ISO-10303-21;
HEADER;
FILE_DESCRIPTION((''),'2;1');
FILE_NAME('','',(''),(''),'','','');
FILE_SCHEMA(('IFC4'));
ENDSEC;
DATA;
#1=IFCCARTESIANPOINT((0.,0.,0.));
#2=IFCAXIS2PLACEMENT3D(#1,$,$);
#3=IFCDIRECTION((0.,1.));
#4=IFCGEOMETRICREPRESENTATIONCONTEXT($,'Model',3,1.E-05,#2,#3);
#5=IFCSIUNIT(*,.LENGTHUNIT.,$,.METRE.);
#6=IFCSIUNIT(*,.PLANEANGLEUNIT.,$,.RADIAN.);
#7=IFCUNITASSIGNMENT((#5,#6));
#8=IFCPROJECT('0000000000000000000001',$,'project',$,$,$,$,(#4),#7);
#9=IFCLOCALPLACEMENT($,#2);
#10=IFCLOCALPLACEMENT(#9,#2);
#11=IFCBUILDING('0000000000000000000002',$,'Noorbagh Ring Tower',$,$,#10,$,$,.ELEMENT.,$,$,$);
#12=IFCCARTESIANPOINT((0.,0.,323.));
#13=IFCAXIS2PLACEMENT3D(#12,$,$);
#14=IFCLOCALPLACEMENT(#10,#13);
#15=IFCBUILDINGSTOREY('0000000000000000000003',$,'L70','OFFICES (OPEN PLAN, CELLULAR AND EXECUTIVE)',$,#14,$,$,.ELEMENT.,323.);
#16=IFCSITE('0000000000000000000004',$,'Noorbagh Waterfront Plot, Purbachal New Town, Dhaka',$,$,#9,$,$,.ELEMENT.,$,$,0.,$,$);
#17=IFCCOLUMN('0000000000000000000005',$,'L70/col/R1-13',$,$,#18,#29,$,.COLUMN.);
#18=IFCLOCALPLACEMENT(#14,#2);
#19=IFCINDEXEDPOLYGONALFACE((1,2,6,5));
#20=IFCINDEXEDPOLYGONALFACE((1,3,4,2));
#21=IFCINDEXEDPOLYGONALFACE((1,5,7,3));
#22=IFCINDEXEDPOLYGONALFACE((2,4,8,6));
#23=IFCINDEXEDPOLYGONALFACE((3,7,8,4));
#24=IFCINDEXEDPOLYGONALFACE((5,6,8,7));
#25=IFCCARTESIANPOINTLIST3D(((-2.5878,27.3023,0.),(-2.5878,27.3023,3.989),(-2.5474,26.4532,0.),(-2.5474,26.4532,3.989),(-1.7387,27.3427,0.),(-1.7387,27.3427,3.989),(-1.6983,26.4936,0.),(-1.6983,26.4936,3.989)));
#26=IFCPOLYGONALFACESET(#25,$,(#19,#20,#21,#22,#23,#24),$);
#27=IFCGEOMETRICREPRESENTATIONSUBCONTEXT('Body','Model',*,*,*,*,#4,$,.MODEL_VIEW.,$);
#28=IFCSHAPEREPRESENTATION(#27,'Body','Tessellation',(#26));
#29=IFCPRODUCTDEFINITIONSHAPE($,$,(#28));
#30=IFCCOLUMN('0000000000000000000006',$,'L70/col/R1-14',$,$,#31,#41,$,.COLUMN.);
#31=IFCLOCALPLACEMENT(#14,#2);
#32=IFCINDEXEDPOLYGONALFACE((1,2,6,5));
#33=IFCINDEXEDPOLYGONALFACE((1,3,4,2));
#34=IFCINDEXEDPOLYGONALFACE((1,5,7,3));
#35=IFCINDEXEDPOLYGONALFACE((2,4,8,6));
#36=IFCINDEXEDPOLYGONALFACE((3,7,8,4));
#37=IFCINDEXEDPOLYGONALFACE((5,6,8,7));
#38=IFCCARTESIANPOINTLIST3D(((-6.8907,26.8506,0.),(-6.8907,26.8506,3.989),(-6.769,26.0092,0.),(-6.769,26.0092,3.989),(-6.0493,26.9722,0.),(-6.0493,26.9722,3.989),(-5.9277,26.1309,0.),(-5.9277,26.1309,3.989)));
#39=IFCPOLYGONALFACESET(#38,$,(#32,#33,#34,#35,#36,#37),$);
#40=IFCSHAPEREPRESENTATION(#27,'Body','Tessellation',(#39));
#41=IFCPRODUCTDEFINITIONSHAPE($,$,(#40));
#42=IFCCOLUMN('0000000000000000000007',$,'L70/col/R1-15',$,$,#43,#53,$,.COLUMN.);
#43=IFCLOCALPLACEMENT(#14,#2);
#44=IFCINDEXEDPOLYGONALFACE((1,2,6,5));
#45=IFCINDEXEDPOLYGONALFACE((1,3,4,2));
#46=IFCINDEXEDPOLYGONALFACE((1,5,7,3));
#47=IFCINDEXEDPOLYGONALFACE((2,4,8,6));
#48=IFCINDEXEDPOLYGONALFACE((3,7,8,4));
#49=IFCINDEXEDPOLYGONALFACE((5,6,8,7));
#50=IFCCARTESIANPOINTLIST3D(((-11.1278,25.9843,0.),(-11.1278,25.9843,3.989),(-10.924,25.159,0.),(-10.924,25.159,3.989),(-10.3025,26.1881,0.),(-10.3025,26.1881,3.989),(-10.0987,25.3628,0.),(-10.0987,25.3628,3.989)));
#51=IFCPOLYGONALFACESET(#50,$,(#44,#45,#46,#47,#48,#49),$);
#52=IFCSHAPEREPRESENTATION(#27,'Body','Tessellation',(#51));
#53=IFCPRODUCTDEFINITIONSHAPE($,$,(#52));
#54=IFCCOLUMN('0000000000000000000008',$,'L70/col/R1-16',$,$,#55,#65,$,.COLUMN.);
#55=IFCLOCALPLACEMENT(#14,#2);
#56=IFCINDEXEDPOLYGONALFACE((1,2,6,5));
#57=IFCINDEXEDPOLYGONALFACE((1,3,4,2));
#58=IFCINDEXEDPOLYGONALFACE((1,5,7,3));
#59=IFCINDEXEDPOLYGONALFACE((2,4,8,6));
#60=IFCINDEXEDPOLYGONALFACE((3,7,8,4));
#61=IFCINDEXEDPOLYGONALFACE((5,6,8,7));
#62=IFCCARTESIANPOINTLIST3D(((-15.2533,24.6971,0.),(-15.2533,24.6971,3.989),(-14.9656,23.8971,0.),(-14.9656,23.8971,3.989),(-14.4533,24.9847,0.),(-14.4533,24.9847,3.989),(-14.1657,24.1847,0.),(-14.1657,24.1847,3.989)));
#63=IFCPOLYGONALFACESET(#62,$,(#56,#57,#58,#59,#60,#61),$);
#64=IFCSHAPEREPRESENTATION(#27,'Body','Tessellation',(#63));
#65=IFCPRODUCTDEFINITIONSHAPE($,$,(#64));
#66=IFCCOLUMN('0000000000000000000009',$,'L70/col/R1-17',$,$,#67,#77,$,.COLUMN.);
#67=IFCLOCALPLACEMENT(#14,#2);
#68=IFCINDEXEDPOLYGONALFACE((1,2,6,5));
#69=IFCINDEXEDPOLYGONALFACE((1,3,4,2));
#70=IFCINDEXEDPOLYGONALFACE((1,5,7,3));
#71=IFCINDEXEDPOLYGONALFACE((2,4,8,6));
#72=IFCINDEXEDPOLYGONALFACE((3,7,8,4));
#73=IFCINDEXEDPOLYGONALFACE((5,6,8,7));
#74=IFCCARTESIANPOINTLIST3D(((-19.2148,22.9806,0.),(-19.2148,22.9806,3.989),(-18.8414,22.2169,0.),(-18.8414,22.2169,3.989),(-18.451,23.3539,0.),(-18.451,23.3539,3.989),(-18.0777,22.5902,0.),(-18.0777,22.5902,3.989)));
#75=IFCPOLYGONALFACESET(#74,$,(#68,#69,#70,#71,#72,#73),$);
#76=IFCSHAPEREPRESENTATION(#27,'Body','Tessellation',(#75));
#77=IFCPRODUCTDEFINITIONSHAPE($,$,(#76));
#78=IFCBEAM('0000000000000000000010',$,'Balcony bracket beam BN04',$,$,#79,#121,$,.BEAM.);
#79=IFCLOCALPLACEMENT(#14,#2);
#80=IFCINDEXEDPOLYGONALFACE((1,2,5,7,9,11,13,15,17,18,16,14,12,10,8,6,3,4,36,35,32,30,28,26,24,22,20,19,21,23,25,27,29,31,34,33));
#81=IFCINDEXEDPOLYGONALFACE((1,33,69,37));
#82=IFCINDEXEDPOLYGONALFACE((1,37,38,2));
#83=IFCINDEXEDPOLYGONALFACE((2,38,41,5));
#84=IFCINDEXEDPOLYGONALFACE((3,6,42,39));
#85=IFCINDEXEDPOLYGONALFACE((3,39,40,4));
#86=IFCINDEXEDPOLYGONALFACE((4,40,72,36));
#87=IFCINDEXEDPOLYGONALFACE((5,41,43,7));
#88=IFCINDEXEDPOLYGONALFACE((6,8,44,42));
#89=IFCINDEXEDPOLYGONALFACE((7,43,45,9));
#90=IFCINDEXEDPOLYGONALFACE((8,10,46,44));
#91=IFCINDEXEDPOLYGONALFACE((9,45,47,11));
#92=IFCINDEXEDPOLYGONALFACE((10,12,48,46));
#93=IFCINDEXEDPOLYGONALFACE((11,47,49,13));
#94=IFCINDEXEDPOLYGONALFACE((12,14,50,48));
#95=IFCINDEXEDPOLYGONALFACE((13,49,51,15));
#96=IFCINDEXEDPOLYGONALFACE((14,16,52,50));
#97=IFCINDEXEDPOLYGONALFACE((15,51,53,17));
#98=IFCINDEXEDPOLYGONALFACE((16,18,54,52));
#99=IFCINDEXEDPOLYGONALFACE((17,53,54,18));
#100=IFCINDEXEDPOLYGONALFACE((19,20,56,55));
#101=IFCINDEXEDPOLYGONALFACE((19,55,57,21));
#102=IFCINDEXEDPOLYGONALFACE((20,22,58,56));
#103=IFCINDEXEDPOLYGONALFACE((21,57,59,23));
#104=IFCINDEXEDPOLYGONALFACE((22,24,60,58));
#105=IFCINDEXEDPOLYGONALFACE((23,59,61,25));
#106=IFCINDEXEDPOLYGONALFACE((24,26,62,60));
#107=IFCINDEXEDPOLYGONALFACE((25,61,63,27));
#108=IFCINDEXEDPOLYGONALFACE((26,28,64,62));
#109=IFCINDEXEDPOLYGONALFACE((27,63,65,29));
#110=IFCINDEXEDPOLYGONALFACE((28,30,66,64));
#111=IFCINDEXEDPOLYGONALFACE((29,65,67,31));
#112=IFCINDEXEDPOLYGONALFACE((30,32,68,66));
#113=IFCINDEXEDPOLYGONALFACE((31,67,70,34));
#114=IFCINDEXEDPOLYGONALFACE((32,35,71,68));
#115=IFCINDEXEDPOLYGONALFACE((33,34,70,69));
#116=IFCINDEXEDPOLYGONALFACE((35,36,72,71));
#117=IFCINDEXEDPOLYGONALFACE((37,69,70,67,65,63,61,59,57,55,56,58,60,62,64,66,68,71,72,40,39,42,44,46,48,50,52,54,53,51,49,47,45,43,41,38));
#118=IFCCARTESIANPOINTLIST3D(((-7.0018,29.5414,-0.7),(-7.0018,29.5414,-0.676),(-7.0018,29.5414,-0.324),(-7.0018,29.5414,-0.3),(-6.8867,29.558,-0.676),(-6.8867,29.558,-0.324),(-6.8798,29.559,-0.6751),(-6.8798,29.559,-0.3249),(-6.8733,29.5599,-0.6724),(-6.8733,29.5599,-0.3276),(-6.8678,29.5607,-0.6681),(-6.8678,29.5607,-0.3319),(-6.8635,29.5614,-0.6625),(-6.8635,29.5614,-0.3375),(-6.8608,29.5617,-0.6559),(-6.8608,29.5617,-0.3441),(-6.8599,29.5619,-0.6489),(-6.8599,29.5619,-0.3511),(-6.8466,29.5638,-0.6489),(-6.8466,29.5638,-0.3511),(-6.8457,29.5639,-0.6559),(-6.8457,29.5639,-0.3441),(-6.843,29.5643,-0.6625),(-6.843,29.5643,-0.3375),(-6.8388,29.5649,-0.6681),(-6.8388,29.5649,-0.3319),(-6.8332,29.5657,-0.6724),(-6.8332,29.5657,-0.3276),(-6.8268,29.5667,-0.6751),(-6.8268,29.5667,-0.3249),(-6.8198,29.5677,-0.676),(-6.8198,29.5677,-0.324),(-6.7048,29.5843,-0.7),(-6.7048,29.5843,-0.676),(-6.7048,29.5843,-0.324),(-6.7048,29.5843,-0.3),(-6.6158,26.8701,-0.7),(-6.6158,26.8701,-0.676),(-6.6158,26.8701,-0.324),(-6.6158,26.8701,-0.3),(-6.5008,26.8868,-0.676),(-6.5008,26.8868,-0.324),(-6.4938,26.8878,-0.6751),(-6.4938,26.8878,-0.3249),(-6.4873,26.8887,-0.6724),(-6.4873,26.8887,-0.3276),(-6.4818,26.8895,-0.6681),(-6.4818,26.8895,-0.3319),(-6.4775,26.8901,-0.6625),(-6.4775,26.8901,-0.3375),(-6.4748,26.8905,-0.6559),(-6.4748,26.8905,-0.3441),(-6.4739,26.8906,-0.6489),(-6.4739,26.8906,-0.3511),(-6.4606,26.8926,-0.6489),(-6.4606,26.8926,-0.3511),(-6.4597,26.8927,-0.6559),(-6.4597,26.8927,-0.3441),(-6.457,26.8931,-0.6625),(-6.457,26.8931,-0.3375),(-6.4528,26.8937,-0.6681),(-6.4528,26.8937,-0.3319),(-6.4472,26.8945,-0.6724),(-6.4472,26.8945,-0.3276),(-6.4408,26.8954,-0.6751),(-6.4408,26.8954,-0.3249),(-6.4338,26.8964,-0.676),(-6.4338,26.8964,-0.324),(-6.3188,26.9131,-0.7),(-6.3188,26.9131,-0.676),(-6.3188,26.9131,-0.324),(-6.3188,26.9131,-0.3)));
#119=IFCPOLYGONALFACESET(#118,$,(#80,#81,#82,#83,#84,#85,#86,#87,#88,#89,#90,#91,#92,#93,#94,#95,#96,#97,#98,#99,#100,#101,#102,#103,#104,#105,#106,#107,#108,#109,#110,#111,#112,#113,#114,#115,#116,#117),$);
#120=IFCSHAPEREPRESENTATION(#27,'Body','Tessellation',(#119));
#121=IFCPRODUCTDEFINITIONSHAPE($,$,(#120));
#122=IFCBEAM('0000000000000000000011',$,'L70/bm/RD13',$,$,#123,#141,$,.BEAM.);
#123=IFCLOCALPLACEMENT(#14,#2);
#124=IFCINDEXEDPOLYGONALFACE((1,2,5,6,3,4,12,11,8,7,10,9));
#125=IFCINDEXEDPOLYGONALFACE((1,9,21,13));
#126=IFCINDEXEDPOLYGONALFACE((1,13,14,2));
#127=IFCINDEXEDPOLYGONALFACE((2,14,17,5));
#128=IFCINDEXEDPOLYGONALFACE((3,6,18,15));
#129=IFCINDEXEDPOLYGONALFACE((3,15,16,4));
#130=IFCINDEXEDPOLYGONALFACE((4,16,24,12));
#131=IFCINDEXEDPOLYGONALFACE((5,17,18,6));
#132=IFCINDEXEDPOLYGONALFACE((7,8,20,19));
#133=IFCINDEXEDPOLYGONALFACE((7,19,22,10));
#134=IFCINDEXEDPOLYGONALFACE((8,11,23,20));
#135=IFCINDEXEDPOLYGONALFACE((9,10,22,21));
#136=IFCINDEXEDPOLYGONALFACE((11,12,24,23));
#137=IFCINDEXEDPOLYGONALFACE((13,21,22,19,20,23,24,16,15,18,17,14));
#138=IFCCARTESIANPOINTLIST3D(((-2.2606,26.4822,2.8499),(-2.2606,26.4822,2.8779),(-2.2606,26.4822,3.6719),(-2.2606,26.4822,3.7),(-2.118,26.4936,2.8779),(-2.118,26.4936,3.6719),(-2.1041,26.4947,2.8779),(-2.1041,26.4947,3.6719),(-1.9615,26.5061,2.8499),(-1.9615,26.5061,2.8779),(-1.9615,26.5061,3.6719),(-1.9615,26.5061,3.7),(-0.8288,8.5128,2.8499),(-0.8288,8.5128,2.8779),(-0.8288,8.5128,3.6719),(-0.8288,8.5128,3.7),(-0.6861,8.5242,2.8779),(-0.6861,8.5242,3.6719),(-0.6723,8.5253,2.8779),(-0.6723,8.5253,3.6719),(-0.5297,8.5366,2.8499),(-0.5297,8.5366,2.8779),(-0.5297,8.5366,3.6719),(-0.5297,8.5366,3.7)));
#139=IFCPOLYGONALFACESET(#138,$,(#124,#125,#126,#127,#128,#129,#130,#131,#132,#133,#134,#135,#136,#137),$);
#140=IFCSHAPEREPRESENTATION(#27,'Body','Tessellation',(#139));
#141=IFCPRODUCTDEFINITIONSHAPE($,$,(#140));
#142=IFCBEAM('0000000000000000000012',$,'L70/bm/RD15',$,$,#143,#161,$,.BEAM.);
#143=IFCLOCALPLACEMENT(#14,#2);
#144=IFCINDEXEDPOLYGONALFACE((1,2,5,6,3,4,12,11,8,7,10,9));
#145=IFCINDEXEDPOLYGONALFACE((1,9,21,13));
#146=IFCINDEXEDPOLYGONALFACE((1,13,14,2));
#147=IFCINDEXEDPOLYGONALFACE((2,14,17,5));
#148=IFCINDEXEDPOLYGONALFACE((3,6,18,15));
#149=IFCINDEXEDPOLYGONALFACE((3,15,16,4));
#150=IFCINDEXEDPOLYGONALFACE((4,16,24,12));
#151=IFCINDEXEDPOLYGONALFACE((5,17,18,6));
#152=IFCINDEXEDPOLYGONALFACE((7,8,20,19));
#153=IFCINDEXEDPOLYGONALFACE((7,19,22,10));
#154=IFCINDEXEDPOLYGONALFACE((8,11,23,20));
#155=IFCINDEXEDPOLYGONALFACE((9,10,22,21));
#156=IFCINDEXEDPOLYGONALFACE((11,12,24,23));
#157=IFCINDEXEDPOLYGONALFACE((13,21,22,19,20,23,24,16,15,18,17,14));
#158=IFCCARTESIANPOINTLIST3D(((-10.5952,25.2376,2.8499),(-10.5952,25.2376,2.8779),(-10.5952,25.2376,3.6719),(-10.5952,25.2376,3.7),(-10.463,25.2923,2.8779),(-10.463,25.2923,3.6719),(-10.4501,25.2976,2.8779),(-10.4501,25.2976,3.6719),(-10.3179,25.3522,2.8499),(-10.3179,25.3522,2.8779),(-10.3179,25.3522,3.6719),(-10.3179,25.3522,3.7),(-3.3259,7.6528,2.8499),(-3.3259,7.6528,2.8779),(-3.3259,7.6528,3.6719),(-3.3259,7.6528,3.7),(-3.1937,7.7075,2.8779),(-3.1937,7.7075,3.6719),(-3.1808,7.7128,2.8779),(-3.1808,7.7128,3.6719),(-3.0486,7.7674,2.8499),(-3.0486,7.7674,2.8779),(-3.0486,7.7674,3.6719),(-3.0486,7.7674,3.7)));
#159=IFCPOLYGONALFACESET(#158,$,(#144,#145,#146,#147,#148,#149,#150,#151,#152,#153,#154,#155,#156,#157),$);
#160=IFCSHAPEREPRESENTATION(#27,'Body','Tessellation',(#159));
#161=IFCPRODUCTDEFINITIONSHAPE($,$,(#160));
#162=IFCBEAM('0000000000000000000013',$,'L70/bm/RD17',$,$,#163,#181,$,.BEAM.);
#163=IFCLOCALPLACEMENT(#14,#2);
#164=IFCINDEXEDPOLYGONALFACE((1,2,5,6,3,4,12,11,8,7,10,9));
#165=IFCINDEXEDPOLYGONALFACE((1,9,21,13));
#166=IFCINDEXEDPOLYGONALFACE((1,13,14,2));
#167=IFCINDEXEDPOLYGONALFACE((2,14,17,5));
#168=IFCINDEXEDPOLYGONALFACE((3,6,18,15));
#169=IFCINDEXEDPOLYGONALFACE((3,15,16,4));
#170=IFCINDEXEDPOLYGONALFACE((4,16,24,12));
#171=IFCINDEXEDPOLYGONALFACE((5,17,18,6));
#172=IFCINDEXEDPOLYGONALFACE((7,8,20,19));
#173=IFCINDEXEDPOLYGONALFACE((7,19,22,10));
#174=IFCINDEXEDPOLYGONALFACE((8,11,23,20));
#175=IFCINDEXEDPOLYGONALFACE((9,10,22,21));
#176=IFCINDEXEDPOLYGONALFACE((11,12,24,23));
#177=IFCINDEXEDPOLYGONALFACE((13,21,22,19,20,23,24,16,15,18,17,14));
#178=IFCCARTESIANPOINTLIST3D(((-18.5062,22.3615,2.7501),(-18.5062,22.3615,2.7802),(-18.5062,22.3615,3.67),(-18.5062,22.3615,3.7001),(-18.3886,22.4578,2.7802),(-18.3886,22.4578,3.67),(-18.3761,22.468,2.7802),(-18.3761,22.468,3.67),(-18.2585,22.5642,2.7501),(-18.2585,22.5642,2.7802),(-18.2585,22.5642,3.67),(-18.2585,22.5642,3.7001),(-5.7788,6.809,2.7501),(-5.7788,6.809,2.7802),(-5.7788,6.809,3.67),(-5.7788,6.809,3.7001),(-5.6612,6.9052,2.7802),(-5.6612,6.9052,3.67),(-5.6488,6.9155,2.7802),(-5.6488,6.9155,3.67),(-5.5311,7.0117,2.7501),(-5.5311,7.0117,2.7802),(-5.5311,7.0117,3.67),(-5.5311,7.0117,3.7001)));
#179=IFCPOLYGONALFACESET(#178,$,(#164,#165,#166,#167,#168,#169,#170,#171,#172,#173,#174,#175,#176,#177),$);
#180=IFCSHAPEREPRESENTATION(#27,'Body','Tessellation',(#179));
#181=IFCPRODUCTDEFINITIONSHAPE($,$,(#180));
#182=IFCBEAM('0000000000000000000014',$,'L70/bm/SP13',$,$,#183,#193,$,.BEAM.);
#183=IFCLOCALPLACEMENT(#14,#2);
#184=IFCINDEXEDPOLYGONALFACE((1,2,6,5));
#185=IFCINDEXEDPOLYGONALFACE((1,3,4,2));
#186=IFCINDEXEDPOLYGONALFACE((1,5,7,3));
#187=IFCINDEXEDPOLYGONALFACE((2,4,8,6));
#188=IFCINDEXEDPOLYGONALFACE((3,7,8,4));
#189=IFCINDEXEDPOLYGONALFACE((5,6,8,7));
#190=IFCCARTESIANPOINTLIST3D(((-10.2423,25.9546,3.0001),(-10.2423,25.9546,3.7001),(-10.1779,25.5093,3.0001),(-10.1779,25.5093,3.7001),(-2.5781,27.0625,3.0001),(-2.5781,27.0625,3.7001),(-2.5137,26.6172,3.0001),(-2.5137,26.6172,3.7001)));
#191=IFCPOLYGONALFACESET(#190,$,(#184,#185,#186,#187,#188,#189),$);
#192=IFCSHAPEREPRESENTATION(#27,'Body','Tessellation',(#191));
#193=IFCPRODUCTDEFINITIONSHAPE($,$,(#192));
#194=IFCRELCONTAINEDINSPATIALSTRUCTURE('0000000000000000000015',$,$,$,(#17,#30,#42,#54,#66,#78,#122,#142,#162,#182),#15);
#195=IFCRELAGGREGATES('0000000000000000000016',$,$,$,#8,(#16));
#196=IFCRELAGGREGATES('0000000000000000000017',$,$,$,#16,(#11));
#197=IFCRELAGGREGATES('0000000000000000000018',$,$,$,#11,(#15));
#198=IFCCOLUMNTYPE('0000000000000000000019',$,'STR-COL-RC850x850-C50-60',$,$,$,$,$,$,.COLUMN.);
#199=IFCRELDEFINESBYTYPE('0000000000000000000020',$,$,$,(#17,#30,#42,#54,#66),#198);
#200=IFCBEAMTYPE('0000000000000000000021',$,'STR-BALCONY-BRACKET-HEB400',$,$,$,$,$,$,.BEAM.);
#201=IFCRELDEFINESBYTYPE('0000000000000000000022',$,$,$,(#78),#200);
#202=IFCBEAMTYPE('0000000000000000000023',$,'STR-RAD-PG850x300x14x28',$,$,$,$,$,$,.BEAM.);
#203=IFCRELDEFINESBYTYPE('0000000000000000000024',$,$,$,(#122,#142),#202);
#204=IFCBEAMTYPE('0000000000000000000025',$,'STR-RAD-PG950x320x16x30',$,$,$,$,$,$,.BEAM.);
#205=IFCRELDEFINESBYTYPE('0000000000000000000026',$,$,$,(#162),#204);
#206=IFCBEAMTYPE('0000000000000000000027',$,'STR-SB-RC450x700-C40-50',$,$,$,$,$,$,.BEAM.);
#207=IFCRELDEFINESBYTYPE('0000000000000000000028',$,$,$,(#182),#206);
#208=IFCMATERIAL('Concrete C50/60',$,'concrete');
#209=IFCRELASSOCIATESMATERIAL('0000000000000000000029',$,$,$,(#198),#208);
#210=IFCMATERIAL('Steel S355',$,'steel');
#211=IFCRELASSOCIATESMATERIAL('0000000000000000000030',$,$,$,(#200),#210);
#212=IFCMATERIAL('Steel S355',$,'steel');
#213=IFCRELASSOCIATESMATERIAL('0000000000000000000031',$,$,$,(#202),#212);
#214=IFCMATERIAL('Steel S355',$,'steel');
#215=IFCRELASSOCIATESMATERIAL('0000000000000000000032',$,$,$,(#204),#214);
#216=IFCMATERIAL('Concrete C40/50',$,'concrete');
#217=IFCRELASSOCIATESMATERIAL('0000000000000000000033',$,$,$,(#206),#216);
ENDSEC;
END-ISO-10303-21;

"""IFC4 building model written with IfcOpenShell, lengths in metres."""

from ifc_helpers import new_model, si_unit, direction, frame, origin, origin_2d, place, context, subcontext, project, spatial, rectangle, i_section, extrude, material, material_profile, profile_set, type_object, element, save


model = new_model("IFC4")

# Units and contexts
model_context = context("Model", 3, precision=1e-05, world=origin(), true_north=direction((0.0, 1.0)))
body_context = subcontext(model_context, "Body", "Model", "MODEL_VIEW")
ifc_project = project(units=[si_unit("LENGTHUNIT", "METRE"), si_unit("PLANEANGLEUNIT", "RADIAN")], contexts=[model_context])

# Site, building, storey
site_placement = place(None, origin())
site = spatial("IfcSite", under=ifc_project, at=site_placement, Name="Noorbagh Waterfront Plot, Purbachal New Town, Dhaka", CompositionType="ELEMENT", RefElevation=0.0)
building_placement = place(site_placement, origin())
building = spatial("IfcBuilding", under=site, at=building_placement, Name="Noorbagh Ring Tower", CompositionType="ELEMENT")
storey_placement = place(building_placement, frame((0.0, 0.0, 323.0)))
storey = spatial("IfcBuildingStorey", under=building, at=storey_placement, Name="L70", Description="OFFICES (OPEN PLAN, CELLULAR AND EXECUTIVE)", CompositionType="ELEMENT", Elevation=323.0)

# Columns
ifc_material_1 = material(Name="Concrete C50/60", Category="concrete")
ifc_material_profile_1 = material_profile(ifc_material_1, rectangle(XDim=0.8501, YDim=0.8501, at=origin_2d()), Name="RC850x850")
ifc_profile_set_1 = profile_set([ifc_material_profile_1], Name="Concrete C50/60")
column_type = type_object("IfcColumnType", Name="STR-COL-RC850x850-C50-60", PredefinedType="COLUMN", material=ifc_profile_set_1)
for number, where, z_axis, x_axis, name in (
    (1, (-2.1431, 26.8979, 0.0), (0.0, 0.0, 1.0), (-0.998869, -0.047553, 0.0), "L70/col/R1-13"),
    (2, (-6.4092, 26.4907, 0.0), (0.0, 0.0, 1.0), (-0.989713, -0.143066, 0.0), "L70/col/R1-14"),
    (3, (-10.6133, 25.6736, 0.0), (0.0, 0.0, 1.0), (-0.970829, -0.239771, 0.0), "L70/col/R1-15"),
    (4, (-14.7095, 24.4409, 0.0), (0.0, 0.0, 1.0), (-0.941025, -0.338338, 0.0), "L70/col/R1-16"),
    (5, (-18.6462, 22.7854, 0.0), (0.0, 0.0, 1.0), (-0.898399, -0.43918, 0.0), "L70/col/R1-17"),
):
    element("IfcColumn", number, at=place(storey_placement, frame(where, z_axis=z_axis, x_axis=x_axis)), inside=storey, type_object=column_type, Name=name, PredefinedType="COLUMN", context=body_context, shape_type="SweptSolid", body=[
        extrude(rectangle(XDim=0.8501, YDim=0.8501, at=origin_2d()), origin(), (0.0, 0.0, 1.0), 3.989),
    ])

# Beams
ifc_material_2 = material(Name="Steel S355", Category="steel")
ifc_material_profile_2 = material_profile(ifc_material_2, i_section(OverallWidth=0.3, OverallDepth=0.3999, WebThickness=0.0134, FlangeThickness=0.0239, FilletRadius=0.0271, at=origin_2d()), Name="HEB400")
ifc_profile_set_2 = profile_set([ifc_material_profile_2], Name="Steel S355")
beam_type_1 = type_object("IfcBeamType", Name="STR-BALCONY-BRACKET-HEB400", PredefinedType="BEAM", material=ifc_profile_set_2)
beam_1_placement = place(storey_placement, frame((-6.4673, 26.8916, -0.5), z_axis=(-0.143017, 0.98972, 0.0), x_axis=(-0.98972, -0.143017, 0.0)))
element("IfcBeam", 6, at=beam_1_placement, inside=storey, type_object=beam_type_1, Name="Balcony bracket beam BN04", PredefinedType="BEAM", context=body_context, shape_type="SweptSolid", body=[
    extrude(i_section(OverallWidth=0.3, OverallDepth=0.3999, WebThickness=0.0134, FlangeThickness=0.0239, FilletRadius=0.0271, at=origin_2d()), origin(), (0.0, 0.0, 1.0), 2.699),
])
ifc_material_3 = material(Name="Steel S355", Category="steel")
ifc_material_profile_3 = material_profile(ifc_material_3, i_section(OverallWidth=0.3, OverallDepth=0.8501, WebThickness=0.0139, FlangeThickness=0.0281, at=origin_2d()), Name="PG850x300x14x28")
ifc_profile_set_3 = profile_set([ifc_material_profile_3], Name="Steel S355")
beam_type_2 = type_object("IfcBeamType", Name="STR-RAD-PG850x300x14x28", PredefinedType="BEAM", material=ifc_profile_set_3)
beam_2_placement = place(storey_placement, frame((-2.1111, 26.4941, 3.2749), z_axis=(0.079432, -0.99684, 0.0), x_axis=(0.99684, 0.079432, 0.0)))
element("IfcBeam", 7, at=beam_2_placement, inside=storey, type_object=beam_type_2, Name="L70/bm/RD13", PredefinedType="BEAM", context=body_context, shape_type="SweptSolid", body=[
    extrude(i_section(OverallWidth=0.3, OverallDepth=0.8501, WebThickness=0.0139, FlangeThickness=0.0281, at=origin_2d()), origin(), (0.0, 0.0, 1.0), 18.0264),
])
beam_3_placement = place(storey_placement, frame((-10.4565, 25.2949, 3.2749), z_axis=(0.382031, -0.924149, 0.0), x_axis=(0.924149, 0.382031, 0.0)))
element("IfcBeam", 8, at=beam_3_placement, inside=storey, type_object=beam_type_2, Name="L70/bm/RD15", PredefinedType="BEAM", context=body_context, shape_type="SweptSolid", body=[
    extrude(i_section(OverallWidth=0.3, OverallDepth=0.8501, WebThickness=0.0139, FlangeThickness=0.0281, at=origin_2d()), origin(), (0.0, 0.0, 1.0), 19.0281),
])
ifc_material_4 = material(Name="Steel S355", Category="steel")
ifc_material_profile_4 = material_profile(ifc_material_4, i_section(OverallWidth=0.3201, OverallDepth=0.95, WebThickness=0.0161, FlangeThickness=0.03, at=origin_2d()), Name="PG950x320x16x30")
ifc_profile_set_4 = profile_set([ifc_material_profile_4], Name="Steel S355")
beam_type_3 = type_object("IfcBeamType", Name="STR-RAD-PG950x320x16x30", PredefinedType="BEAM", material=ifc_profile_set_4)
beam_4_placement = place(storey_placement, frame((-18.3823, 22.4629, 3.2251), z_axis=(0.633313, -0.773896, 0.0), x_axis=(0.773896, 0.633313, 0.0)))
element("IfcBeam", 9, at=beam_4_placement, inside=storey, type_object=beam_type_3, Name="L70/bm/RD17", PredefinedType="BEAM", context=body_context, shape_type="SweptSolid", body=[
    extrude(i_section(OverallWidth=0.3201, OverallDepth=0.95, WebThickness=0.0161, FlangeThickness=0.03, at=origin_2d()), origin(), (0.0, 0.0, 1.0), 20.0964),
])
ifc_material_5 = material(Name="Concrete C40/50", Category="concrete")
ifc_material_profile_5 = material_profile(ifc_material_5, rectangle(XDim=0.45, YDim=0.7, at=origin_2d()), Name="RC450x700")
ifc_profile_set_5 = profile_set([ifc_material_profile_5], Name="Concrete C40/50")
beam_type_4 = type_object("IfcBeamType", Name="STR-SB-RC450x700-C40-50", PredefinedType="BEAM", material=ifc_profile_set_5)
beam_5_placement = place(storey_placement, frame((-2.5459, 26.8398, 3.3501), z_axis=(-0.989713, -0.143067, 0.0), x_axis=(0.143067, -0.989713, 0.0)))
element("IfcBeam", 10, at=beam_5_placement, inside=storey, type_object=beam_type_4, Name="L70/bm/SP13", PredefinedType="BEAM", context=body_context, shape_type="SweptSolid", body=[
    extrude(rectangle(XDim=0.45, YDim=0.7, at=origin_2d()), origin(), (0.0, 0.0, 1.0), 7.7439),
])

save(model, "model.ifc")
